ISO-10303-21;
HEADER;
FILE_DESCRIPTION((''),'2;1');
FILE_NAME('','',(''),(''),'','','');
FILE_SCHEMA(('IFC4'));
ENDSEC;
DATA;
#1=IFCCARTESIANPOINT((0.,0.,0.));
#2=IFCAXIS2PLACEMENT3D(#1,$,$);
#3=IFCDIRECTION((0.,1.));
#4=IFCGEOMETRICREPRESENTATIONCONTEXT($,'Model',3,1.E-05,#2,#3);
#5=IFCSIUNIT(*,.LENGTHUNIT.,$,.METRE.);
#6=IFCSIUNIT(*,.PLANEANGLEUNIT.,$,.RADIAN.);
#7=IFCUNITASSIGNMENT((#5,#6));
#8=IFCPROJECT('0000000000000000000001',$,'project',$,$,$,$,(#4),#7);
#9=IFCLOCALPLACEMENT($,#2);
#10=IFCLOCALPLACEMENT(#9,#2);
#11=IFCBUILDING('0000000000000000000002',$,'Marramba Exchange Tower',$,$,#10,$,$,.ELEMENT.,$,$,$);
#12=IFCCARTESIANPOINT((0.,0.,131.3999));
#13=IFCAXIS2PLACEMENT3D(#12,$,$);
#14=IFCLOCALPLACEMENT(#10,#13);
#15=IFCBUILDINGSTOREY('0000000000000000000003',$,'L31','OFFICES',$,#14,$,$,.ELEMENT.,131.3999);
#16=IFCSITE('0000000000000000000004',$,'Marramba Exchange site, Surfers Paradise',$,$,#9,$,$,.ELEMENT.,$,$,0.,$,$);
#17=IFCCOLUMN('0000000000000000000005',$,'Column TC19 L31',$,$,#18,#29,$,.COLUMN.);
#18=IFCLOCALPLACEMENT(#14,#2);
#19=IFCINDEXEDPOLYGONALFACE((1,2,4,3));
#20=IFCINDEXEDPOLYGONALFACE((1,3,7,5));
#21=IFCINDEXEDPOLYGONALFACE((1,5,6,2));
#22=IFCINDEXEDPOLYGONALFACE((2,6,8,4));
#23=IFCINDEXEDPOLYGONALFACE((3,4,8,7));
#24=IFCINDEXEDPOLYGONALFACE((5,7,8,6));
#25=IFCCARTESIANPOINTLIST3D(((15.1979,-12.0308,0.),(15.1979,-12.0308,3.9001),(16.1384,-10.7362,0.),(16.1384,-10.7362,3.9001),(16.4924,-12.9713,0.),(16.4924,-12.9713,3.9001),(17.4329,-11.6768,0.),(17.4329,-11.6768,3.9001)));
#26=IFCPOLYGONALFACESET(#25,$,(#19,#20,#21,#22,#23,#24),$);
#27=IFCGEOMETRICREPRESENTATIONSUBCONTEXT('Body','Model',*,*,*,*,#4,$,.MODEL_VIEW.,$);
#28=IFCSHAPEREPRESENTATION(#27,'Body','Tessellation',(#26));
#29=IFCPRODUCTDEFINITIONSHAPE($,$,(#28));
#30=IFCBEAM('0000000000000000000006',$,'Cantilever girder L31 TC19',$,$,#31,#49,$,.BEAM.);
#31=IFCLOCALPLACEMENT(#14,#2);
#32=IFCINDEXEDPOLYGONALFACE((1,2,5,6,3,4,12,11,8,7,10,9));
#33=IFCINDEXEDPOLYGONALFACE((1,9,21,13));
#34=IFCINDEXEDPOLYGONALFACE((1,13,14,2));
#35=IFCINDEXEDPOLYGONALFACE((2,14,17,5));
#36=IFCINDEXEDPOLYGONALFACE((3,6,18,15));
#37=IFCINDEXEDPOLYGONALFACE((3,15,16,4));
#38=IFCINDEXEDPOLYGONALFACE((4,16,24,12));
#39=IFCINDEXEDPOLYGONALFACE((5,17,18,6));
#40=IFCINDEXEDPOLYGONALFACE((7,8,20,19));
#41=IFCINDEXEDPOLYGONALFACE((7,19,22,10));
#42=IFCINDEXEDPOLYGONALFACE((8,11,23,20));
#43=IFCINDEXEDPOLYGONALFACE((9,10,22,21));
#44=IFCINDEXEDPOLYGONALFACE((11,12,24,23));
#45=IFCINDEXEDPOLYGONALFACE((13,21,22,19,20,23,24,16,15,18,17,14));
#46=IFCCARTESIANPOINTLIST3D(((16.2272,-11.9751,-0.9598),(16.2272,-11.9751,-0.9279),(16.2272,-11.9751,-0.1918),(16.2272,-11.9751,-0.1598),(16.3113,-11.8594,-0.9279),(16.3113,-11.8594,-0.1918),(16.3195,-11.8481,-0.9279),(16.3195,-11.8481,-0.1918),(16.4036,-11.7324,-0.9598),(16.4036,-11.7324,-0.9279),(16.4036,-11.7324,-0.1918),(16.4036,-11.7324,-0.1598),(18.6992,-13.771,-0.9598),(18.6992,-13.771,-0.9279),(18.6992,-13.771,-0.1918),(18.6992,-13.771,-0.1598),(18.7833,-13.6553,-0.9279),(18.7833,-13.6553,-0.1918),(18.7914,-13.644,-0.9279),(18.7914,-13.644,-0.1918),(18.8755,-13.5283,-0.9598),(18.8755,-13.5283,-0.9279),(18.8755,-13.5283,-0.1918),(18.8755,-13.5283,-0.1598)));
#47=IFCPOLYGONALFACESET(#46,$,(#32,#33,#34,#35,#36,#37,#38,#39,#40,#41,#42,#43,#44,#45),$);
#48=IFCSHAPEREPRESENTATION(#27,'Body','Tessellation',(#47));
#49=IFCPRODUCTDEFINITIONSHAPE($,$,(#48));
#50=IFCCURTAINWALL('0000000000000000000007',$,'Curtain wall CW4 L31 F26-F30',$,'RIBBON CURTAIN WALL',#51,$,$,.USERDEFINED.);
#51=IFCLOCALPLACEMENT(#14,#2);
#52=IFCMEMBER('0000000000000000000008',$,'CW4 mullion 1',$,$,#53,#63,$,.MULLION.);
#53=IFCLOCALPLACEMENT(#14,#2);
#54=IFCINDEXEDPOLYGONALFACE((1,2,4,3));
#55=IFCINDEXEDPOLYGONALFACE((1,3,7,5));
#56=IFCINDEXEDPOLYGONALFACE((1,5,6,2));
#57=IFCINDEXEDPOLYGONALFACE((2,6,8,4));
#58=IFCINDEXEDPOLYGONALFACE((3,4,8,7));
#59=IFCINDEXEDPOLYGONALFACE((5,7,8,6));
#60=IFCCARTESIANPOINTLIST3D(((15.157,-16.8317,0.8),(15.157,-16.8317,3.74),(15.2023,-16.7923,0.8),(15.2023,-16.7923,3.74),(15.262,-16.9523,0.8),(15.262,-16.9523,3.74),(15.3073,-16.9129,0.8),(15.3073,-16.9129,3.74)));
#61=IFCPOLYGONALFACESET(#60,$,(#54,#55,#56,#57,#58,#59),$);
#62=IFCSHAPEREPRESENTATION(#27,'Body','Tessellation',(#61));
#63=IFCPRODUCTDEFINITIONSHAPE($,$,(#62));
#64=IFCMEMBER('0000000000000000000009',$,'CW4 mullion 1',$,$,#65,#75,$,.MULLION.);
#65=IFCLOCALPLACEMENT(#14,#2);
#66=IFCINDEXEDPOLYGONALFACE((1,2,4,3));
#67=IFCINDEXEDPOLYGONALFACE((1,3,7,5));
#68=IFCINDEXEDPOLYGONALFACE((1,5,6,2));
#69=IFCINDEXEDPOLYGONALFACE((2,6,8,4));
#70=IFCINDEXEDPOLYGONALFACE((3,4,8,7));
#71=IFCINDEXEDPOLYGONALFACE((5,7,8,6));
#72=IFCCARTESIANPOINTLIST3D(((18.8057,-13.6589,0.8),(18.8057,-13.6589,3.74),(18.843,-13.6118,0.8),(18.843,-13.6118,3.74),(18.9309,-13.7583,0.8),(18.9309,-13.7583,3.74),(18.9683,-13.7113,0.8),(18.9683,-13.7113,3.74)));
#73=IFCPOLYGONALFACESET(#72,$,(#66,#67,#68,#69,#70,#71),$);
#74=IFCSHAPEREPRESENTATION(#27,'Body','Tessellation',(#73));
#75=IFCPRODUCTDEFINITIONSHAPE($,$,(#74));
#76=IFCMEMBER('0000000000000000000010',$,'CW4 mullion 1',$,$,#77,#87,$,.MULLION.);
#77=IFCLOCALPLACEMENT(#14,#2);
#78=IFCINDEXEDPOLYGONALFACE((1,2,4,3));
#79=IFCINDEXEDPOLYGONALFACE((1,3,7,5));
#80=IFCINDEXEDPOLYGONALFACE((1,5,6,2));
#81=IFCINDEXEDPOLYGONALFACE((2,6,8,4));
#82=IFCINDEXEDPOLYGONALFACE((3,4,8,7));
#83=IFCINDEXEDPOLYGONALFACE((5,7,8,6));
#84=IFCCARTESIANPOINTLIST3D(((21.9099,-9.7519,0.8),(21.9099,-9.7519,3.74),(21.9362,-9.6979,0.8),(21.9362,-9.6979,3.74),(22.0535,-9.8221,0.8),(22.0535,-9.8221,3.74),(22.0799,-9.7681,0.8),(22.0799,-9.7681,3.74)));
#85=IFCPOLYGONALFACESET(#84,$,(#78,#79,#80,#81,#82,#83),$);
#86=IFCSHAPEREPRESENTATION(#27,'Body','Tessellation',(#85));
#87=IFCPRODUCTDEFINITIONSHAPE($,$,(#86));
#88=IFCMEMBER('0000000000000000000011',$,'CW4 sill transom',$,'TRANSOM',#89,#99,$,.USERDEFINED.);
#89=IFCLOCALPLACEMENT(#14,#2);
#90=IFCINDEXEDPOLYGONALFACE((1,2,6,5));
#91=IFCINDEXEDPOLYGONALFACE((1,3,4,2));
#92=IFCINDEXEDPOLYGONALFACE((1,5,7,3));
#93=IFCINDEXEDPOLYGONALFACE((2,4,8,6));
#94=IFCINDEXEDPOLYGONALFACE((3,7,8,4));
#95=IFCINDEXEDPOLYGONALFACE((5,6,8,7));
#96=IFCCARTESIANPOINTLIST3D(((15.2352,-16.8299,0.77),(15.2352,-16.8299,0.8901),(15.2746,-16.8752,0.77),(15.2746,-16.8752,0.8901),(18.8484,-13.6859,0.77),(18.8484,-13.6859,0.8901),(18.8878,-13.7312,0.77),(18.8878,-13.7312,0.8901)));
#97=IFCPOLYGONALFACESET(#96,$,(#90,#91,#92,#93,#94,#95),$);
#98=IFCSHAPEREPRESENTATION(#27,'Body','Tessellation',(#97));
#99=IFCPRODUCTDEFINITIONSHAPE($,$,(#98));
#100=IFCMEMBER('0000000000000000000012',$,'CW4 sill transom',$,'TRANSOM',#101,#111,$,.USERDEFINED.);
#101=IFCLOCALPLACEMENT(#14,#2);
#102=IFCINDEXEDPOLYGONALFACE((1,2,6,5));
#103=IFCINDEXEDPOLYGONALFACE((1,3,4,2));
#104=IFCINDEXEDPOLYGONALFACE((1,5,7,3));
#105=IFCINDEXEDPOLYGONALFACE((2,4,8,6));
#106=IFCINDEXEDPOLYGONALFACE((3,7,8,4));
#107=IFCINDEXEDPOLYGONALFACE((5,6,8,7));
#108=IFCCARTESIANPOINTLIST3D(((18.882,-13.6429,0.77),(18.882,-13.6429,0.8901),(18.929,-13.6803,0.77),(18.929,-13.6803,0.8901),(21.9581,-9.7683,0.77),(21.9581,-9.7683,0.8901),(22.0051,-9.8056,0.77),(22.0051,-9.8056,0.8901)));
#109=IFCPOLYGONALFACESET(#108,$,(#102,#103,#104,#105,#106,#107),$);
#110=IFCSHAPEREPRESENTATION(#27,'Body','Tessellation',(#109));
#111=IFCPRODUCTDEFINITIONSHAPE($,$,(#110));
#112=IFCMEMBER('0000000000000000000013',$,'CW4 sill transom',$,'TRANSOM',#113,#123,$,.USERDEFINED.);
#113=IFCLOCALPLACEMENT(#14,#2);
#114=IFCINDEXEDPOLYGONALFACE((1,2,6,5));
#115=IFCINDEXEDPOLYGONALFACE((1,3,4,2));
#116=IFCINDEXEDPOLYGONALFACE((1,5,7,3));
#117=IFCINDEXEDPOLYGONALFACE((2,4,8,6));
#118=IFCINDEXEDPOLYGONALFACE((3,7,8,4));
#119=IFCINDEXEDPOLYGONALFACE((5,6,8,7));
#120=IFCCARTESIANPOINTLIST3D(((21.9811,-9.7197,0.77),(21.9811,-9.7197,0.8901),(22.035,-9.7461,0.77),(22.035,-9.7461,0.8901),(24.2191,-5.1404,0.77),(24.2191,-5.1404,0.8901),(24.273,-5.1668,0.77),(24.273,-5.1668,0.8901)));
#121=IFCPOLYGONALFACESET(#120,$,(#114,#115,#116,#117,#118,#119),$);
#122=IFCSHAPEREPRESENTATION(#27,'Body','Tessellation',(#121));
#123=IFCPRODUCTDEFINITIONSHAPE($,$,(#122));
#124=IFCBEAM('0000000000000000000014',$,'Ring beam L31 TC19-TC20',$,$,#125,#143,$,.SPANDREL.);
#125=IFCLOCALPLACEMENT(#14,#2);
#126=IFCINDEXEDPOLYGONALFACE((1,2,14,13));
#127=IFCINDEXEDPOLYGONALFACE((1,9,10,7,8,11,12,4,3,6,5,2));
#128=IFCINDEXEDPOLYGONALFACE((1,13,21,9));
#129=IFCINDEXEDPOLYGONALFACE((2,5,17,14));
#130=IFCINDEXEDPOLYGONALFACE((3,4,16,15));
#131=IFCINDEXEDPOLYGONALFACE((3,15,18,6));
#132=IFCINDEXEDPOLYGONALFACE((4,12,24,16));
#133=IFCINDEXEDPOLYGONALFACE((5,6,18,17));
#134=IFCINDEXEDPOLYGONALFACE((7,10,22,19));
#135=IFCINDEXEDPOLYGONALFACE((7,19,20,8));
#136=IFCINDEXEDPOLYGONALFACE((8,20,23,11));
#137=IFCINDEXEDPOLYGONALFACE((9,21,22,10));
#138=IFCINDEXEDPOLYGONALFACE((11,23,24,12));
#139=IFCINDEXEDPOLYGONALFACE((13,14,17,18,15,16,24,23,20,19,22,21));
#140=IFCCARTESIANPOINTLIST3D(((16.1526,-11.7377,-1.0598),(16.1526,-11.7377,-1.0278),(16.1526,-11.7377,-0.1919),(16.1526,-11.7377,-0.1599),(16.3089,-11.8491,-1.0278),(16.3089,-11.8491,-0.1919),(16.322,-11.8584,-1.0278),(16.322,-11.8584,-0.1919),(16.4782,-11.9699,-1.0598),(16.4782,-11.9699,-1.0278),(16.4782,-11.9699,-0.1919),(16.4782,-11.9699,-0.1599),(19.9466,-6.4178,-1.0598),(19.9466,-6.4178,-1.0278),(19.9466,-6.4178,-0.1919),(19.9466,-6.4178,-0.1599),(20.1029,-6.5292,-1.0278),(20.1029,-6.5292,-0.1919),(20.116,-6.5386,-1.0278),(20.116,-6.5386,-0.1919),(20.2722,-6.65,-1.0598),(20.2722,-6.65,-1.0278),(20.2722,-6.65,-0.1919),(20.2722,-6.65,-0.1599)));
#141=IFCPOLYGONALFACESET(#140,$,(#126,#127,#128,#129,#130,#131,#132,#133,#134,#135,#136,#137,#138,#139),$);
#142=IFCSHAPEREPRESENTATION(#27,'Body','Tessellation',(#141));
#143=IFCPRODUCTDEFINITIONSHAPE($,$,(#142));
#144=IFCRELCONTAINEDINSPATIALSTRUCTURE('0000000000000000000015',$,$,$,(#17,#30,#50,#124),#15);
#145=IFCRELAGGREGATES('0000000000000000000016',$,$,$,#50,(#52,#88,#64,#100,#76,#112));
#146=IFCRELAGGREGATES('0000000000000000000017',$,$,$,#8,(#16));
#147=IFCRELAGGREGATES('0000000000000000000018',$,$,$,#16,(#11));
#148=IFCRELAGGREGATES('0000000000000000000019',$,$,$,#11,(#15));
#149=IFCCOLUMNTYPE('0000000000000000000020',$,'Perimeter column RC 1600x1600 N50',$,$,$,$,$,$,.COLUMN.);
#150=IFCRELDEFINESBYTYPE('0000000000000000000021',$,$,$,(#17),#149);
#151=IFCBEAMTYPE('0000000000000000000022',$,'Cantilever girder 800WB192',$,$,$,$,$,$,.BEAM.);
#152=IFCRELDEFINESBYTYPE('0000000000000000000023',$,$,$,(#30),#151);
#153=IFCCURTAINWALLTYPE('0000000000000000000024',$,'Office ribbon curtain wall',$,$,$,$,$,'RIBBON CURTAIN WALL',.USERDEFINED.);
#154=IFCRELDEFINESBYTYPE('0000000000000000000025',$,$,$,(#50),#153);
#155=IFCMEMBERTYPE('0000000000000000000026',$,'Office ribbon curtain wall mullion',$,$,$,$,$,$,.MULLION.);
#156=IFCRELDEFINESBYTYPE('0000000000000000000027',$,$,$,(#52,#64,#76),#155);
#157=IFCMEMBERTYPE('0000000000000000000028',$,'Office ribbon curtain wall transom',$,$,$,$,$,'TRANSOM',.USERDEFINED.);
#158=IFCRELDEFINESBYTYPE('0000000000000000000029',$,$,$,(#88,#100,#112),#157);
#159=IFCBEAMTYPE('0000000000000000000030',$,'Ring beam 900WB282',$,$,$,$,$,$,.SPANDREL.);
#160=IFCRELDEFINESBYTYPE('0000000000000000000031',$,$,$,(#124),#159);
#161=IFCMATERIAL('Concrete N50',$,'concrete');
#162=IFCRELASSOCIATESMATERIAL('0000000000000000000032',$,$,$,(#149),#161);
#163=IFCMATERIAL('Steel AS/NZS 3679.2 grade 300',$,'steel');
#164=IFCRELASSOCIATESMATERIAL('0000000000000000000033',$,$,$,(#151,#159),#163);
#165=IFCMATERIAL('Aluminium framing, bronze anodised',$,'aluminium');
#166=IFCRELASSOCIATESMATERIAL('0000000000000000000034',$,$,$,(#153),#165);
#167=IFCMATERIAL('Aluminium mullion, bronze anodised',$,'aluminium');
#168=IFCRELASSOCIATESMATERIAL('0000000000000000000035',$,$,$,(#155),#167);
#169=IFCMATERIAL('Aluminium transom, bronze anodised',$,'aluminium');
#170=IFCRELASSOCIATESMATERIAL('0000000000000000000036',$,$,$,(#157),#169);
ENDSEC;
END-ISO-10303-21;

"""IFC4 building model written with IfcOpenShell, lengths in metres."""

from ifc_helpers import new_model, si_unit, direction, frame, origin, origin_2d, place, context, subcontext, project, spatial, rectangle, i_section, extrude, material, material_profile, profile_set, type_object, element, aggregate, save


model = new_model("IFC4")

# Units and contexts
model_context = context("Model", 3, precision=1e-05, world=origin(), true_north=direction((0.0, 1.0)))
body_context = subcontext(model_context, "Body", "Model", "MODEL_VIEW")
ifc_project = project(units=[si_unit("LENGTHUNIT", "METRE"), si_unit("PLANEANGLEUNIT", "RADIAN")], contexts=[model_context])

# Site, building, storey
site_placement = place(None, origin())
site = spatial("IfcSite", under=ifc_project, at=site_placement, Name="Marramba Exchange site, Surfers Paradise", CompositionType="ELEMENT", RefElevation=0.0)
building_placement = place(site_placement, origin())
building = spatial("IfcBuilding", under=site, at=building_placement, Name="Marramba Exchange Tower", CompositionType="ELEMENT")
storey_placement = place(building_placement, frame((0.0, 0.0, 131.3999)))
storey = spatial("IfcBuildingStorey", under=building, at=storey_placement, Name="L31", Description="OFFICES", CompositionType="ELEMENT", Elevation=131.3999)

# Column
ifc_material_1 = material(Name="Concrete N50", Category="concrete")
ifc_material_profile_1 = material_profile(ifc_material_1, rectangle(XDim=1.6001, YDim=1.6001, at=origin_2d()), Name="RC 1600x1600")
ifc_profile_set_1 = profile_set([ifc_material_profile_1], Name="Concrete N50")
column_type = type_object("IfcColumnType", Name="Perimeter column RC 1600x1600 N50", PredefinedType="COLUMN", material=ifc_profile_set_1)
column_placement = place(storey_placement, frame((16.3154, -11.8538, 0.0), z_axis=(0.0, 0.0, 1.0), x_axis=(0.809017, -0.587785, 0.0)))
element("IfcColumn", 1, at=column_placement, inside=storey, type_object=column_type, Name="Column TC19 L31", PredefinedType="COLUMN", context=body_context, shape_type="SweptSolid", body=[
    extrude(rectangle(XDim=1.6001, YDim=1.6001, at=origin_2d()), origin(), (0.0, 0.0, 1.0), 3.9001),
])

# Beam
ifc_material_2 = material(Name="Steel AS/NZS 3679.2 grade 300", Category="steel")
ifc_material_profile_2 = material_profile(ifc_material_2, i_section(OverallWidth=0.3, OverallDepth=0.8, WebThickness=0.0139, FlangeThickness=0.032, at=origin_2d()), Name="800WB192")
ifc_profile_set_2 = profile_set([ifc_material_profile_2], Name="Steel AS/NZS 3679.2 grade 300")
beam_type_1 = type_object("IfcBeamType", Name="Cantilever girder 800WB192", PredefinedType="BEAM", material=ifc_profile_set_2)
beam_1_placement = place(storey_placement, frame((16.3154, -11.8538, -0.5598), z_axis=(0.809026, -0.587773, 0.0), x_axis=(0.587773, 0.809026, 0.0)))
element("IfcBeam", 2, at=beam_1_placement, inside=storey, type_object=beam_type_1, Name="Cantilever girder L31 TC19", PredefinedType="BEAM", context=body_context, shape_type="SweptSolid", body=[
    extrude(i_section(OverallWidth=0.3, OverallDepth=0.8, WebThickness=0.0139, FlangeThickness=0.032, at=origin_2d()), origin(), (0.0, 0.0, 1.0), 3.0554),
])

# Curtain wall, members
ifc_material_3 = material(Name="Aluminium framing, bronze anodised", Category="aluminium")
curtain_wall_type = type_object("IfcCurtainWallType", Name="Office ribbon curtain wall", ElementType="RIBBON CURTAIN WALL", PredefinedType="USERDEFINED", material=ifc_material_3)
curtain_wall_placement = place(storey_placement, origin())
curtain_wall = element("IfcCurtainWall", 3, at=curtain_wall_placement, inside=storey, type_object=curtain_wall_type, Name="Curtain wall CW4 L31 F26-F30", ObjectType="RIBBON CURTAIN WALL", PredefinedType="USERDEFINED")
ifc_material_4 = material(Name="Aluminium mullion, bronze anodised", Category="aluminium")
ifc_material_profile_3 = material_profile(ifc_material_4, rectangle(XDim=0.1599, YDim=0.0601, at=origin_2d()), Name="CW4 mullion 60x160")
ifc_profile_set_3 = profile_set([ifc_material_profile_3], Name="Aluminium mullion, bronze anodised")
member_type_1 = type_object("IfcMemberType", Name="Office ribbon curtain wall mullion", PredefinedType="MULLION", material=ifc_profile_set_3)
member_1_placement = place(storey_placement, frame((15.2322, -16.8723, 0.8), z_axis=(0.0, 0.0, 1.0), x_axis=(-0.656432, 0.754386, 0.0)))
member_1 = element("IfcMember", 4, at=member_1_placement, type_object=member_type_1, Name="CW4 mullion 1", PredefinedType="MULLION", context=body_context, shape_type="SweptSolid", body=[
    extrude(rectangle(XDim=0.1599, YDim=0.0601, at=origin_2d()), origin(), (0.0, 0.0, 1.0), 2.9399),
])
member_2_placement = place(storey_placement, frame((18.887, -13.6851, 0.8), z_axis=(0.0, 0.0, 1.0), x_axis=(-0.78317, 0.621807, 0.0)))
member_2 = element("IfcMember", 5, at=member_2_placement, type_object=member_type_1, Name="CW4 mullion 1", PredefinedType="MULLION", context=body_context, shape_type="SweptSolid", body=[
    extrude(rectangle(XDim=0.1599, YDim=0.0601, at=origin_2d()), origin(), (0.0, 0.0, 1.0), 2.9399),
])
member_3_placement = place(storey_placement, frame((21.9949, -9.76, 0.8), z_axis=(0.0, 0.0, 1.0), x_axis=(-0.898445, 0.439086, 0.0)))
member_3 = element("IfcMember", 6, at=member_3_placement, type_object=member_type_1, Name="CW4 mullion 1", PredefinedType="MULLION", context=body_context, shape_type="SweptSolid", body=[
    extrude(rectangle(XDim=0.1599, YDim=0.0601, at=origin_2d()), origin(), (0.0, 0.0, 1.0), 2.9399),
])
ifc_material_5 = material(Name="Aluminium transom, bronze anodised", Category="aluminium")
ifc_material_profile_4 = material_profile(ifc_material_5, rectangle(XDim=0.0601, YDim=0.1201, at=origin_2d()), Name="CW4 transom 60x120")
ifc_profile_set_4 = profile_set([ifc_material_profile_4], Name="Aluminium transom, bronze anodised")
member_type_2 = type_object("IfcMemberType", Name="Office ribbon curtain wall transom", ElementType="TRANSOM", PredefinedType="USERDEFINED", material=ifc_profile_set_4)
member_4_placement = place(storey_placement, frame((15.2549, -16.8525, 0.8301), z_axis=(0.754393, 0.656424, 0.0), x_axis=(-0.656424, 0.754393, 0.0)))
member_4 = element("IfcMember", 7, at=member_4_placement, type_object=member_type_2, Name="CW4 sill transom", ObjectType="TRANSOM", PredefinedType="USERDEFINED", context=body_context, shape_type="SweptSolid", body=[
    extrude(rectangle(XDim=0.0601, YDim=0.1201, at=origin_2d()), origin(), (0.0, 0.0, 1.0), 4.7896),
])
member_5_placement = place(storey_placement, frame((18.9055, -13.6616, 0.8301), z_axis=(0.621778, 0.783194, 0.0), x_axis=(-0.783194, 0.621778, 0.0)))
member_5 = element("IfcMember", 8, at=member_5_placement, type_object=member_type_2, Name="CW4 sill transom", ObjectType="TRANSOM", PredefinedType="USERDEFINED", context=body_context, shape_type="SweptSolid", body=[
    extrude(rectangle(XDim=0.0601, YDim=0.1201, at=origin_2d()), origin(), (0.0, 0.0, 1.0), 4.9473),
])
member_6_placement = place(storey_placement, frame((22.0081, -9.7329, 0.8301), z_axis=(0.439091, 0.898443, 0.0), x_axis=(-0.898443, 0.439091, 0.0)))
member_6 = element("IfcMember", 9, at=member_6_placement, type_object=member_type_2, Name="CW4 sill transom", ObjectType="TRANSOM", PredefinedType="USERDEFINED", context=body_context, shape_type="SweptSolid", body=[
    extrude(rectangle(XDim=0.0601, YDim=0.1201, at=origin_2d()), origin(), (0.0, 0.0, 1.0), 5.0969),
])

# Beam
ifc_material_profile_5 = material_profile(ifc_material_2, i_section(OverallWidth=0.3999, OverallDepth=0.8999, WebThickness=0.0161, FlangeThickness=0.032, at=origin_2d()), Name="900WB282")
ifc_profile_set_5 = profile_set([ifc_material_profile_5], Name="Steel AS/NZS 3679.2 grade 300")
beam_type_2 = type_object("IfcBeamType", Name="Ring beam 900WB282", PredefinedType="SPANDREL", material=ifc_profile_set_5)
beam_2_placement = place(storey_placement, frame((16.3154, -11.8538, -0.6099), z_axis=(0.580637, 0.814162, 0.0), x_axis=(-0.814162, 0.580637, 0.0)))
element("IfcBeam", 10, at=beam_2_placement, inside=storey, type_object=beam_type_2, Name="Ring beam L31 TC19-TC20", PredefinedType="SPANDREL", context=body_context, shape_type="SweptSolid", body=[
    extrude(i_section(OverallWidth=0.3999, OverallDepth=0.8999, WebThickness=0.0161, FlangeThickness=0.032, at=origin_2d()), origin(), (0.0, 0.0, 1.0), 6.5342),
])

aggregate(curtain_wall, [member_1, member_4, member_2, member_5, member_3, member_6])

save(model, "model.ifc")
